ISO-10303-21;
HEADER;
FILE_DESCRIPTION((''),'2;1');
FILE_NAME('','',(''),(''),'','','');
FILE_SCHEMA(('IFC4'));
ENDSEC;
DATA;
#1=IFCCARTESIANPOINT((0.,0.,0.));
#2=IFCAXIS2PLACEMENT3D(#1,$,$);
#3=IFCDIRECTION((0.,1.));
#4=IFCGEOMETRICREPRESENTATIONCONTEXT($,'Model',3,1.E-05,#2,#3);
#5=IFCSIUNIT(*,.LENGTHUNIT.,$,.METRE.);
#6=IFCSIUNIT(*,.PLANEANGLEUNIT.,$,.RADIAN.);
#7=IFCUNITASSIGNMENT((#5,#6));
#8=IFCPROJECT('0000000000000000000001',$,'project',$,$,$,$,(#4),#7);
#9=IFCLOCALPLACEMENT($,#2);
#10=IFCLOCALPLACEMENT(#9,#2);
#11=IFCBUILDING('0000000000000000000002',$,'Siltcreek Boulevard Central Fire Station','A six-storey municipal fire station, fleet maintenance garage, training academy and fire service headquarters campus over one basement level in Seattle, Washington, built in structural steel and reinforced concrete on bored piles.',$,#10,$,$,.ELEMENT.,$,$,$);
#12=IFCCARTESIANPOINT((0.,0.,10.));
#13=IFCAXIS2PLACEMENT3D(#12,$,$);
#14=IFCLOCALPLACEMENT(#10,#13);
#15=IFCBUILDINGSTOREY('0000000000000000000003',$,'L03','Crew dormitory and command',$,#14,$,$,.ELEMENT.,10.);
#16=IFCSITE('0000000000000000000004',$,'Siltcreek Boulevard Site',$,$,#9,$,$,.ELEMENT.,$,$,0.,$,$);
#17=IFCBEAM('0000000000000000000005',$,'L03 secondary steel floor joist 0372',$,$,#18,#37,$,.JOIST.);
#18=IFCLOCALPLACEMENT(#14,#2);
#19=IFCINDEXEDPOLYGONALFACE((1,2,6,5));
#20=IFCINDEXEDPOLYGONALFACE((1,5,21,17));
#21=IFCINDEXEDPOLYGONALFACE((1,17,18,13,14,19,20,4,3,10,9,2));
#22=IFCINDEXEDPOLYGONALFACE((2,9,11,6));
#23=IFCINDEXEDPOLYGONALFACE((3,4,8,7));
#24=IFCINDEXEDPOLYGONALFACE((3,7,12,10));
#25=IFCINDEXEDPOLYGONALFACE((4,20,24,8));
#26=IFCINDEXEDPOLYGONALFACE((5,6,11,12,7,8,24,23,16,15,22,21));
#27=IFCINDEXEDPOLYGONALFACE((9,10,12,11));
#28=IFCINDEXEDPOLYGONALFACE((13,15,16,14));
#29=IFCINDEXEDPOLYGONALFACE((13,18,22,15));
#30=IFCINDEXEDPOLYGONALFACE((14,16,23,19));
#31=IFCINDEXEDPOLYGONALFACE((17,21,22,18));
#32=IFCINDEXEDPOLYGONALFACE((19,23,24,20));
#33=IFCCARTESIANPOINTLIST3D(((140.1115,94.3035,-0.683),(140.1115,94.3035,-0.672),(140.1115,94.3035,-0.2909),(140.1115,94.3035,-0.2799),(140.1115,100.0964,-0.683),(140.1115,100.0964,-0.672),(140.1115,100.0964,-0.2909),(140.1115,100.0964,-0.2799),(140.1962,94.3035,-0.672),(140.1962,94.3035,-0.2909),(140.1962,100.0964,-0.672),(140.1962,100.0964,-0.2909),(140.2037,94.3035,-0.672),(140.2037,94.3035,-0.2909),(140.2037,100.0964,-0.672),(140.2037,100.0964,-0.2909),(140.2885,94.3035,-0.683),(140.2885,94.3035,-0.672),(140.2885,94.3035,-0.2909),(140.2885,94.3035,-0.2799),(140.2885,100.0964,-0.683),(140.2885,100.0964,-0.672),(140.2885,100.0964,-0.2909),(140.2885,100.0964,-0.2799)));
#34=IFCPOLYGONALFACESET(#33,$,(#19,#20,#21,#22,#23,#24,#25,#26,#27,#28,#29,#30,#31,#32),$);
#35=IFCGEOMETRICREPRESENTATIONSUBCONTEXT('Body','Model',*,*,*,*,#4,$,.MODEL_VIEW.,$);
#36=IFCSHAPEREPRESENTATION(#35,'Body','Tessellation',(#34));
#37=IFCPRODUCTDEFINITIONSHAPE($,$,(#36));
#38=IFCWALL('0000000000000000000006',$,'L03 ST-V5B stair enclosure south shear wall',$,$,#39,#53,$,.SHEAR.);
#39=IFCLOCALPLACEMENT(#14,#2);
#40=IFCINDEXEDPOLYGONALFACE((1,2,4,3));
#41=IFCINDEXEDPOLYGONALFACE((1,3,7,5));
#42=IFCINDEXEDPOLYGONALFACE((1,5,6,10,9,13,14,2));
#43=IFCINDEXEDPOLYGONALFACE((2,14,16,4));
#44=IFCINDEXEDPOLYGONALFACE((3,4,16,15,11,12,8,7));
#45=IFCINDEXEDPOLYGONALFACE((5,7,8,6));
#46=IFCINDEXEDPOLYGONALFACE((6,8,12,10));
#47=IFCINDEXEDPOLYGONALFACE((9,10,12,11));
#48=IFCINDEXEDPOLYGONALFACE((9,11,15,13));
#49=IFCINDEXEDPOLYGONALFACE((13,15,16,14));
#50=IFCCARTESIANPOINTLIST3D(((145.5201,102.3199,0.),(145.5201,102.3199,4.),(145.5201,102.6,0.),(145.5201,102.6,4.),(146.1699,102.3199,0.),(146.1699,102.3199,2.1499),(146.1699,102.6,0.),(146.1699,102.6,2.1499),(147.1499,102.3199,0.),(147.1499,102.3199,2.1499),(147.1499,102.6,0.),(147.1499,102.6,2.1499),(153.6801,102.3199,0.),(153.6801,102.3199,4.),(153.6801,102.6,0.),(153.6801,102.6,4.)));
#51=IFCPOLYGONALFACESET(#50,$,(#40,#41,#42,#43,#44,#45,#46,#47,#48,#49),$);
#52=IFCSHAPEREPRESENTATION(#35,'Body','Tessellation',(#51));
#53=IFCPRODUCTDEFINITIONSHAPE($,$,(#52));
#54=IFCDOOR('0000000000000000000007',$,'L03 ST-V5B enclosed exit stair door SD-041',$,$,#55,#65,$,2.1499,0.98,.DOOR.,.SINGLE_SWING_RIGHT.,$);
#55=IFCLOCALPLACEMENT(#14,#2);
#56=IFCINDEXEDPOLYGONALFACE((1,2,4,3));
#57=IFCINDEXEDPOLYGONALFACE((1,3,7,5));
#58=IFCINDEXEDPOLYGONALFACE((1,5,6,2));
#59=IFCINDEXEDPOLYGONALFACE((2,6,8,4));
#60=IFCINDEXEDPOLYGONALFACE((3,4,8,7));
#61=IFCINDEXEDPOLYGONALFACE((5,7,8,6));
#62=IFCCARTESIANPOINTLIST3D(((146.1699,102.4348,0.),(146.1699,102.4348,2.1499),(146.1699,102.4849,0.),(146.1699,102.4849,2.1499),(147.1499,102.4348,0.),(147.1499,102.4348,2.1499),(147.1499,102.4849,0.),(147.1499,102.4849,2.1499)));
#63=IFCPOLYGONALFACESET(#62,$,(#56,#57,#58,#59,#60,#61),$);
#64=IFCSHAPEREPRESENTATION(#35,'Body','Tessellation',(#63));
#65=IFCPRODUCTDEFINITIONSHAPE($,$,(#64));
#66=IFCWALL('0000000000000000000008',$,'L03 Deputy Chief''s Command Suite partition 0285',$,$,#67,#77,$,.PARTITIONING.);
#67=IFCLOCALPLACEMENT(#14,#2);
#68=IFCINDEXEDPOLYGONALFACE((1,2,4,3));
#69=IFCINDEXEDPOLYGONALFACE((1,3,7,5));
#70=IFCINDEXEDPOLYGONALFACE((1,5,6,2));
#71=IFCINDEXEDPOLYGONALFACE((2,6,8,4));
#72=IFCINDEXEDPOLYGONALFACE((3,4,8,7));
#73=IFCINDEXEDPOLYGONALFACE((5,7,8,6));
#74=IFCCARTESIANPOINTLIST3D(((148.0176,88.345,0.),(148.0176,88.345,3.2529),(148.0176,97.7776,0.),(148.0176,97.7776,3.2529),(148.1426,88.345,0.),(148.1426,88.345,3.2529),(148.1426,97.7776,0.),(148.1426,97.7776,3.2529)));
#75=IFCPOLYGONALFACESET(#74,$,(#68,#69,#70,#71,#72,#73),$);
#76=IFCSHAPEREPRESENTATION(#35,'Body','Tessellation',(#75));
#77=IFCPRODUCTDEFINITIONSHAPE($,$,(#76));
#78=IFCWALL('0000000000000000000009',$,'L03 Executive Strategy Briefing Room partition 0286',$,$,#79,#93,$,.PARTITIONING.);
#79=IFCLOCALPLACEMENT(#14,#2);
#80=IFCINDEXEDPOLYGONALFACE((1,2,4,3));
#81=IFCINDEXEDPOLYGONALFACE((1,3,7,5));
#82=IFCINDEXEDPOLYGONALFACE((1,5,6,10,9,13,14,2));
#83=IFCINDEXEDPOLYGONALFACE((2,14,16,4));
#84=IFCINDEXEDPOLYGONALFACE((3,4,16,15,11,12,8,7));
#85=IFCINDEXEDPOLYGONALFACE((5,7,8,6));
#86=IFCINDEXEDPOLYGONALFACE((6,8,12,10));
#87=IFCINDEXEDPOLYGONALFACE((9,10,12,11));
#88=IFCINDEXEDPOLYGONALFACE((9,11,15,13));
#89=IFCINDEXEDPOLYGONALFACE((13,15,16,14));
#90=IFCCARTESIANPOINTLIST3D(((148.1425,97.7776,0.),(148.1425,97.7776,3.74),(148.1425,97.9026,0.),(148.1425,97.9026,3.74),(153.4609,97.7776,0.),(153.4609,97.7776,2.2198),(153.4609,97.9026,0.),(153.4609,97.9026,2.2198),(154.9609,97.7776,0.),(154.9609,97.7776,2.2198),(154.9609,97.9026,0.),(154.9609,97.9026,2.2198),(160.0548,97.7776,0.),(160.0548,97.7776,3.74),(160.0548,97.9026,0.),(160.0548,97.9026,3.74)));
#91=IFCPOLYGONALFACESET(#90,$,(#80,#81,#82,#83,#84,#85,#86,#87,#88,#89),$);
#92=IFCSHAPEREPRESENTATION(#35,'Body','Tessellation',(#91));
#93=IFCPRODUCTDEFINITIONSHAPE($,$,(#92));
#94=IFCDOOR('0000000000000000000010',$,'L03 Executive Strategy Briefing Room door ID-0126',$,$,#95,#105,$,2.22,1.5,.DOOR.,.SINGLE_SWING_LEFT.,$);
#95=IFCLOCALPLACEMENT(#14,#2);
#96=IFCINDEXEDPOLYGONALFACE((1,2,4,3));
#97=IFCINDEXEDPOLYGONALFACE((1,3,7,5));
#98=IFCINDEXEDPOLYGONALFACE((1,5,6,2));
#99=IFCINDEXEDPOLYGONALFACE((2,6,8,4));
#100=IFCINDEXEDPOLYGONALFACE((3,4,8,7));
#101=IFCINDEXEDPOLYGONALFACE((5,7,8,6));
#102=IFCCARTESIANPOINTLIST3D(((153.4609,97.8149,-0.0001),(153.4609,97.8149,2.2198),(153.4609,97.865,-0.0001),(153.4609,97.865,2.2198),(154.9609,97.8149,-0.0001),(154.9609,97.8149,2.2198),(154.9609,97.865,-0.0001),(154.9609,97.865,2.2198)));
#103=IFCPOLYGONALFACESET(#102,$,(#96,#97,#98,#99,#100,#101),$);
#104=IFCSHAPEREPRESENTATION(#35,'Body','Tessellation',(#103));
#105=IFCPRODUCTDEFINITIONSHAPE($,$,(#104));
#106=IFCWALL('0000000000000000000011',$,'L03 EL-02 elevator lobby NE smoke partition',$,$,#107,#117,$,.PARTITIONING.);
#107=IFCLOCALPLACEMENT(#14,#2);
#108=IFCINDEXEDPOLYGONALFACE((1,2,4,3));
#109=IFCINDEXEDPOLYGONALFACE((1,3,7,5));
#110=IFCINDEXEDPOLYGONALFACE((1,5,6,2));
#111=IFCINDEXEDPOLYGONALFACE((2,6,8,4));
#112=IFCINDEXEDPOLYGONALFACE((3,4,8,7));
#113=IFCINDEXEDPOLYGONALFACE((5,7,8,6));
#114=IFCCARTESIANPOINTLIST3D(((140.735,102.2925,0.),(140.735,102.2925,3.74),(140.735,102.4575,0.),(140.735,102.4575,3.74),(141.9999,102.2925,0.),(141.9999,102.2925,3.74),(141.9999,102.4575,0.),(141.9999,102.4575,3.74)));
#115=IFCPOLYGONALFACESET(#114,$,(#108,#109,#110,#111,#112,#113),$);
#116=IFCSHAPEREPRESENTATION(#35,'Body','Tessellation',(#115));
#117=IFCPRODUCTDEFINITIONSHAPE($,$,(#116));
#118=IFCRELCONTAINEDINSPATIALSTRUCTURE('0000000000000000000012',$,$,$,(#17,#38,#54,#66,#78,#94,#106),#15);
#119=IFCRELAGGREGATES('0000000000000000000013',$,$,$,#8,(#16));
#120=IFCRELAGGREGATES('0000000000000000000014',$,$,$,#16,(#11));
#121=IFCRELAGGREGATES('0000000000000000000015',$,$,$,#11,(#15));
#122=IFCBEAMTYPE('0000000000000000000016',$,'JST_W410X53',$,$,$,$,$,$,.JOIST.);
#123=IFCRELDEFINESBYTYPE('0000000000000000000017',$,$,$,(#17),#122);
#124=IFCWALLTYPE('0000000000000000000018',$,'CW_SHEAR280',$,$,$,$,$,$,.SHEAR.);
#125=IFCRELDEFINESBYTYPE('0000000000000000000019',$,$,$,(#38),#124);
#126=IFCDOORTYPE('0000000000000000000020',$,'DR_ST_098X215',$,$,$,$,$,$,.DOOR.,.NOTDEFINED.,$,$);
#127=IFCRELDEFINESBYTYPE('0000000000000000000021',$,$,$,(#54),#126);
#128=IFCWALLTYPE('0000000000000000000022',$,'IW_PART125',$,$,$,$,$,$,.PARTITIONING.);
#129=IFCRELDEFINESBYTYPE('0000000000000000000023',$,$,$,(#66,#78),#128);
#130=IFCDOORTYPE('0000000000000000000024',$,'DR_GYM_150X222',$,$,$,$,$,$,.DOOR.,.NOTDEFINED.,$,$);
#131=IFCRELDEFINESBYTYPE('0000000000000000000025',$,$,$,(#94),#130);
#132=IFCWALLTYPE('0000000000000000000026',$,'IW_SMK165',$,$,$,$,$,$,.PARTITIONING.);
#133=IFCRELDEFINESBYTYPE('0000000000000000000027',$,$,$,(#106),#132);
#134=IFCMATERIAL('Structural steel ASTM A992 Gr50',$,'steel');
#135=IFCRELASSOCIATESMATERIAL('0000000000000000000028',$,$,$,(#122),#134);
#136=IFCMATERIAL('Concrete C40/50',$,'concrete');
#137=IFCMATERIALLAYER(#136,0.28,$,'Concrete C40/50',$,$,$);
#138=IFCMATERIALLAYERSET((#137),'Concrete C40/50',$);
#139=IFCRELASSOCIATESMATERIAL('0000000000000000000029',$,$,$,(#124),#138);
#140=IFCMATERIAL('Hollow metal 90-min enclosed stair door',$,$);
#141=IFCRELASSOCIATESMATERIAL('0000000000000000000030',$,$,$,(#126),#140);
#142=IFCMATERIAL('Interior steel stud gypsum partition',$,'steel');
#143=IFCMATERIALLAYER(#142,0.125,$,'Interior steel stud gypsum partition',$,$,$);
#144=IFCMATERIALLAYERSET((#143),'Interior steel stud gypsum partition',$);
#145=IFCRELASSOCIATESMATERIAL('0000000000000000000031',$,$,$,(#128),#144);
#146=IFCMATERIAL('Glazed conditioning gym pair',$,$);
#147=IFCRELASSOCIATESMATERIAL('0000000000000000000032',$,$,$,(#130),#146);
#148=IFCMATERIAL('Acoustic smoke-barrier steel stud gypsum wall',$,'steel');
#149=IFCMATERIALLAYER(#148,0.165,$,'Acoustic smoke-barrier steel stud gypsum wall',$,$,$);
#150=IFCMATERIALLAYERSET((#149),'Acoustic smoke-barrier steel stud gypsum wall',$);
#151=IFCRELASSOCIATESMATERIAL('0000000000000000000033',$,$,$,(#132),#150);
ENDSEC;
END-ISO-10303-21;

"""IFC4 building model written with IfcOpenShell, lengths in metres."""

from ifc_helpers import new_model, si_unit, direction, frame, frame_2d, origin, origin_2d, place, context, subcontext, project, spatial, rectangle, i_section, extrude, material, layer, layer_set, material_profile, profile_set, type_object, element, fill, save


model = new_model("IFC4")

# Units and contexts
model_context = context("Model", 3, precision=1e-05, world=origin(), true_north=direction((0.0, 1.0)))
body_context = subcontext(model_context, "Body", "Model", "MODEL_VIEW")
ifc_project = project(units=[si_unit("LENGTHUNIT", "METRE"), si_unit("PLANEANGLEUNIT", "RADIAN")], contexts=[model_context])

# Site, building, storey
site_placement = place(None, origin())
site = spatial("IfcSite", under=ifc_project, at=site_placement, Name="Siltcreek Boulevard Site", CompositionType="ELEMENT", RefElevation=0.0)
building_placement = place(site_placement, origin())
building = spatial("IfcBuilding", under=site, at=building_placement, Name="Siltcreek Boulevard Central Fire Station", Description="A six-storey municipal fire station, fleet maintenance garage, training academy and fire service headquarters campus over one basement level in Seattle, Washington, built in structural steel and reinforced concrete on bored piles.", CompositionType="ELEMENT")
storey_placement = place(building_placement, frame((0.0, 0.0, 10.0)))
storey = spatial("IfcBuildingStorey", under=building, at=storey_placement, Name="L03", Description="Crew dormitory and command", CompositionType="ELEMENT", Elevation=10.0)

# Shared definitions
ifc_material_1 = material(Name="Structural steel ASTM A992 Gr50", Category="steel")

# Beam
ifc_material_profile_1 = material_profile(ifc_material_1, i_section(OverallWidth=0.177, OverallDepth=0.4031, WebThickness=0.0076, FlangeThickness=0.011, at=origin_2d()), Name="W410X53")
ifc_profile_set_1 = profile_set([ifc_material_profile_1], Name="Structural steel ASTM A992 Gr50")
beam_type_1 = type_object("IfcBeamType", Name="JST_W410X53", PredefinedType="JOIST", material=ifc_profile_set_1)
beam_1_placement = place(storey_placement, frame((140.2, 94.3035, -0.4814), z_axis=(0.0, 1.0, 0.0), x_axis=(-1.0, 0.0, 0.0)))
element("IfcBeam", 1, at=beam_1_placement, inside=storey, type_object=beam_type_1, Name="L03 secondary steel floor joist 0372", PredefinedType="JOIST", context=body_context, shape_type="SweptSolid", body=[
    extrude(i_section(OverallWidth=0.177, OverallDepth=0.4031, WebThickness=0.0076, FlangeThickness=0.011, at=origin_2d()), origin(), (0.0, 0.0, 1.0), 5.793),
])

# Wall, opening, door
ifc_material_2 = material(Name="Concrete C40/50", Category="concrete")
ifc_layer_1 = layer(ifc_material_2, 0.28, Name="Concrete C40/50")
ifc_layer_set_1 = layer_set([ifc_layer_1], Name="Concrete C40/50")
wall_type_1 = type_object("IfcWallType", Name="CW_SHEAR280", PredefinedType="SHEAR", material=ifc_layer_set_1)
wall_1_placement = place(storey_placement, frame((145.52, 102.46, 0.0), z_axis=(0.0, 0.0, 1.0), x_axis=(1.0, 0.0, 0.0)))
wall_1 = element("IfcWall", 2, at=wall_1_placement, inside=storey, type_object=wall_type_1, Name="L03 ST-V5B stair enclosure south shear wall", PredefinedType="SHEAR", context=body_context, shape_type="SweptSolid", body=[
    extrude(rectangle(XDim=8.1599, YDim=0.28, at=frame_2d((4.0801, 0.0))), origin(), (0.0, 0.0, 1.0), 4.0),
])
opening_1_placement = place(wall_1_placement, frame((0.6499, 0.0, 0.0)))
opening_1 = element("IfcOpeningElement", 3, at=opening_1_placement, cuts=wall_1, PredefinedType="OPENING", context=body_context, shape_type="SweptSolid", body=[
    extrude(rectangle(XDim=0.98, YDim=2.1499, at=frame_2d((0.49, 1.075))), frame((0.0, 0.1499, 0.0), z_axis=(0.0, -1.0, 0.0), x_axis=(1.0, 0.0, 0.0)), (0.0, 0.0, 1.0), 0.3),
])
ifc_material_3 = material(Name="Hollow metal 90-min enclosed stair door")
door_type_1 = type_object("IfcDoorType", Name="DR_ST_098X215", OperationType="NOTDEFINED", PredefinedType="DOOR", material=ifc_material_3)
door_1_placement = place(opening_1_placement, origin())
door_1 = element("IfcDoor", 4, at=door_1_placement, inside=storey, type_object=door_type_1, Name="L03 ST-V5B enclosed exit stair door SD-041", OperationType="SINGLE_SWING_RIGHT", OverallHeight=2.1499, OverallWidth=0.98, PredefinedType="DOOR", context=body_context, shape_type="SweptSolid", body=[
    extrude(rectangle(XDim=0.98, YDim=2.1499, at=frame_2d((0.49, 1.075))), frame((0.0, 0.0249, 0.0), z_axis=(0.0, -1.0, 0.0), x_axis=(1.0, 0.0, 0.0)), (0.0, 0.0, 1.0), 0.05),
])
fill(opening_1, door_1)

# Wall
ifc_material_4 = material(Name="Interior steel stud gypsum partition", Category="steel")
ifc_layer_2 = layer(ifc_material_4, 0.125, Name="Interior steel stud gypsum partition")
ifc_layer_set_2 = layer_set([ifc_layer_2], Name="Interior steel stud gypsum partition")
wall_type_2 = type_object("IfcWallType", Name="IW_PART125", PredefinedType="PARTITIONING", material=ifc_layer_set_2)
wall_2_placement = place(storey_placement, frame((148.0801, 97.7776, 0.0), z_axis=(0.0, 0.0, 1.0), x_axis=(0.0, -1.0, 0.0)))
element("IfcWall", 5, at=wall_2_placement, inside=storey, type_object=wall_type_2, Name="L03 Deputy Chief's Command Suite partition 0285", PredefinedType="PARTITIONING", context=body_context, shape_type="SweptSolid", body=[
    extrude(rectangle(XDim=9.4326, YDim=0.125, at=frame_2d((4.7163, 0.0))), origin(), (0.0, 0.0, 1.0), 3.2529),
])

# Wall, opening, door
wall_3_placement = place(storey_placement, frame((148.1426, 97.8401, 0.0), z_axis=(0.0, 0.0, 1.0), x_axis=(1.0, 0.0, 0.0)))
wall_3 = element("IfcWall", 6, at=wall_3_placement, inside=storey, type_object=wall_type_2, Name="L03 Executive Strategy Briefing Room partition 0286", PredefinedType="PARTITIONING", context=body_context, shape_type="SweptSolid", body=[
    extrude(rectangle(XDim=11.9124, YDim=0.125, at=frame_2d((5.9561, 0.0))), origin(), (0.0, 0.0, 1.0), 3.74),
])
opening_2_placement = place(wall_3_placement, frame((5.3184, 0.0, 0.0)))
opening_2 = element("IfcOpeningElement", 7, at=opening_2_placement, cuts=wall_3, PredefinedType="OPENING", context=body_context, shape_type="SweptSolid", body=[
    extrude(rectangle(XDim=1.5, YDim=2.22, at=frame_2d((0.75, 1.1099))), frame((0.0, 0.0725, 0.0), z_axis=(0.0, -1.0, 0.0), x_axis=(1.0, 0.0, 0.0)), (0.0, 0.0, 1.0), 0.145),
])
ifc_material_5 = material(Name="Glazed conditioning gym pair")
door_type_2 = type_object("IfcDoorType", Name="DR_GYM_150X222", OperationType="NOTDEFINED", PredefinedType="DOOR", material=ifc_material_5)
door_2_placement = place(opening_2_placement, origin())
door_2 = element("IfcDoor", 8, at=door_2_placement, inside=storey, type_object=door_type_2, Name="L03 Executive Strategy Briefing Room door ID-0126", OperationType="SINGLE_SWING_LEFT", OverallHeight=2.22, OverallWidth=1.5, PredefinedType="DOOR", context=body_context, shape_type="SweptSolid", body=[
    extrude(rectangle(XDim=1.5, YDim=2.22, at=frame_2d((0.75, 1.1099))), frame((0.0, 0.0249, 0.0), z_axis=(0.0, -1.0, 0.0), x_axis=(1.0, 0.0, 0.0)), (0.0, 0.0, 1.0), 0.05),
])
fill(opening_2, door_2)

# Wall
ifc_material_6 = material(Name="Acoustic smoke-barrier steel stud gypsum wall", Category="steel")
ifc_layer_3 = layer(ifc_material_6, 0.165, Name="Acoustic smoke-barrier steel stud gypsum wall")
ifc_layer_set_3 = layer_set([ifc_layer_3], Name="Acoustic smoke-barrier steel stud gypsum wall")
wall_type_3 = type_object("IfcWallType", Name="IW_SMK165", PredefinedType="PARTITIONING", material=ifc_layer_set_3)
wall_4_placement = place(storey_placement, frame((140.7351, 102.375, 0.0), z_axis=(0.0, 0.0, 1.0), x_axis=(1.0, 0.0, 0.0)))
element("IfcWall", 9, at=wall_4_placement, inside=storey, type_object=wall_type_3, Name="L03 EL-02 elevator lobby NE smoke partition", PredefinedType="PARTITIONING", context=body_context, shape_type="SweptSolid", body=[
    extrude(rectangle(XDim=1.2649, YDim=0.165, at=frame_2d((0.6323, 0.0))), origin(), (0.0, 0.0, 1.0), 3.74),
])

save(model, "model.ifc")
